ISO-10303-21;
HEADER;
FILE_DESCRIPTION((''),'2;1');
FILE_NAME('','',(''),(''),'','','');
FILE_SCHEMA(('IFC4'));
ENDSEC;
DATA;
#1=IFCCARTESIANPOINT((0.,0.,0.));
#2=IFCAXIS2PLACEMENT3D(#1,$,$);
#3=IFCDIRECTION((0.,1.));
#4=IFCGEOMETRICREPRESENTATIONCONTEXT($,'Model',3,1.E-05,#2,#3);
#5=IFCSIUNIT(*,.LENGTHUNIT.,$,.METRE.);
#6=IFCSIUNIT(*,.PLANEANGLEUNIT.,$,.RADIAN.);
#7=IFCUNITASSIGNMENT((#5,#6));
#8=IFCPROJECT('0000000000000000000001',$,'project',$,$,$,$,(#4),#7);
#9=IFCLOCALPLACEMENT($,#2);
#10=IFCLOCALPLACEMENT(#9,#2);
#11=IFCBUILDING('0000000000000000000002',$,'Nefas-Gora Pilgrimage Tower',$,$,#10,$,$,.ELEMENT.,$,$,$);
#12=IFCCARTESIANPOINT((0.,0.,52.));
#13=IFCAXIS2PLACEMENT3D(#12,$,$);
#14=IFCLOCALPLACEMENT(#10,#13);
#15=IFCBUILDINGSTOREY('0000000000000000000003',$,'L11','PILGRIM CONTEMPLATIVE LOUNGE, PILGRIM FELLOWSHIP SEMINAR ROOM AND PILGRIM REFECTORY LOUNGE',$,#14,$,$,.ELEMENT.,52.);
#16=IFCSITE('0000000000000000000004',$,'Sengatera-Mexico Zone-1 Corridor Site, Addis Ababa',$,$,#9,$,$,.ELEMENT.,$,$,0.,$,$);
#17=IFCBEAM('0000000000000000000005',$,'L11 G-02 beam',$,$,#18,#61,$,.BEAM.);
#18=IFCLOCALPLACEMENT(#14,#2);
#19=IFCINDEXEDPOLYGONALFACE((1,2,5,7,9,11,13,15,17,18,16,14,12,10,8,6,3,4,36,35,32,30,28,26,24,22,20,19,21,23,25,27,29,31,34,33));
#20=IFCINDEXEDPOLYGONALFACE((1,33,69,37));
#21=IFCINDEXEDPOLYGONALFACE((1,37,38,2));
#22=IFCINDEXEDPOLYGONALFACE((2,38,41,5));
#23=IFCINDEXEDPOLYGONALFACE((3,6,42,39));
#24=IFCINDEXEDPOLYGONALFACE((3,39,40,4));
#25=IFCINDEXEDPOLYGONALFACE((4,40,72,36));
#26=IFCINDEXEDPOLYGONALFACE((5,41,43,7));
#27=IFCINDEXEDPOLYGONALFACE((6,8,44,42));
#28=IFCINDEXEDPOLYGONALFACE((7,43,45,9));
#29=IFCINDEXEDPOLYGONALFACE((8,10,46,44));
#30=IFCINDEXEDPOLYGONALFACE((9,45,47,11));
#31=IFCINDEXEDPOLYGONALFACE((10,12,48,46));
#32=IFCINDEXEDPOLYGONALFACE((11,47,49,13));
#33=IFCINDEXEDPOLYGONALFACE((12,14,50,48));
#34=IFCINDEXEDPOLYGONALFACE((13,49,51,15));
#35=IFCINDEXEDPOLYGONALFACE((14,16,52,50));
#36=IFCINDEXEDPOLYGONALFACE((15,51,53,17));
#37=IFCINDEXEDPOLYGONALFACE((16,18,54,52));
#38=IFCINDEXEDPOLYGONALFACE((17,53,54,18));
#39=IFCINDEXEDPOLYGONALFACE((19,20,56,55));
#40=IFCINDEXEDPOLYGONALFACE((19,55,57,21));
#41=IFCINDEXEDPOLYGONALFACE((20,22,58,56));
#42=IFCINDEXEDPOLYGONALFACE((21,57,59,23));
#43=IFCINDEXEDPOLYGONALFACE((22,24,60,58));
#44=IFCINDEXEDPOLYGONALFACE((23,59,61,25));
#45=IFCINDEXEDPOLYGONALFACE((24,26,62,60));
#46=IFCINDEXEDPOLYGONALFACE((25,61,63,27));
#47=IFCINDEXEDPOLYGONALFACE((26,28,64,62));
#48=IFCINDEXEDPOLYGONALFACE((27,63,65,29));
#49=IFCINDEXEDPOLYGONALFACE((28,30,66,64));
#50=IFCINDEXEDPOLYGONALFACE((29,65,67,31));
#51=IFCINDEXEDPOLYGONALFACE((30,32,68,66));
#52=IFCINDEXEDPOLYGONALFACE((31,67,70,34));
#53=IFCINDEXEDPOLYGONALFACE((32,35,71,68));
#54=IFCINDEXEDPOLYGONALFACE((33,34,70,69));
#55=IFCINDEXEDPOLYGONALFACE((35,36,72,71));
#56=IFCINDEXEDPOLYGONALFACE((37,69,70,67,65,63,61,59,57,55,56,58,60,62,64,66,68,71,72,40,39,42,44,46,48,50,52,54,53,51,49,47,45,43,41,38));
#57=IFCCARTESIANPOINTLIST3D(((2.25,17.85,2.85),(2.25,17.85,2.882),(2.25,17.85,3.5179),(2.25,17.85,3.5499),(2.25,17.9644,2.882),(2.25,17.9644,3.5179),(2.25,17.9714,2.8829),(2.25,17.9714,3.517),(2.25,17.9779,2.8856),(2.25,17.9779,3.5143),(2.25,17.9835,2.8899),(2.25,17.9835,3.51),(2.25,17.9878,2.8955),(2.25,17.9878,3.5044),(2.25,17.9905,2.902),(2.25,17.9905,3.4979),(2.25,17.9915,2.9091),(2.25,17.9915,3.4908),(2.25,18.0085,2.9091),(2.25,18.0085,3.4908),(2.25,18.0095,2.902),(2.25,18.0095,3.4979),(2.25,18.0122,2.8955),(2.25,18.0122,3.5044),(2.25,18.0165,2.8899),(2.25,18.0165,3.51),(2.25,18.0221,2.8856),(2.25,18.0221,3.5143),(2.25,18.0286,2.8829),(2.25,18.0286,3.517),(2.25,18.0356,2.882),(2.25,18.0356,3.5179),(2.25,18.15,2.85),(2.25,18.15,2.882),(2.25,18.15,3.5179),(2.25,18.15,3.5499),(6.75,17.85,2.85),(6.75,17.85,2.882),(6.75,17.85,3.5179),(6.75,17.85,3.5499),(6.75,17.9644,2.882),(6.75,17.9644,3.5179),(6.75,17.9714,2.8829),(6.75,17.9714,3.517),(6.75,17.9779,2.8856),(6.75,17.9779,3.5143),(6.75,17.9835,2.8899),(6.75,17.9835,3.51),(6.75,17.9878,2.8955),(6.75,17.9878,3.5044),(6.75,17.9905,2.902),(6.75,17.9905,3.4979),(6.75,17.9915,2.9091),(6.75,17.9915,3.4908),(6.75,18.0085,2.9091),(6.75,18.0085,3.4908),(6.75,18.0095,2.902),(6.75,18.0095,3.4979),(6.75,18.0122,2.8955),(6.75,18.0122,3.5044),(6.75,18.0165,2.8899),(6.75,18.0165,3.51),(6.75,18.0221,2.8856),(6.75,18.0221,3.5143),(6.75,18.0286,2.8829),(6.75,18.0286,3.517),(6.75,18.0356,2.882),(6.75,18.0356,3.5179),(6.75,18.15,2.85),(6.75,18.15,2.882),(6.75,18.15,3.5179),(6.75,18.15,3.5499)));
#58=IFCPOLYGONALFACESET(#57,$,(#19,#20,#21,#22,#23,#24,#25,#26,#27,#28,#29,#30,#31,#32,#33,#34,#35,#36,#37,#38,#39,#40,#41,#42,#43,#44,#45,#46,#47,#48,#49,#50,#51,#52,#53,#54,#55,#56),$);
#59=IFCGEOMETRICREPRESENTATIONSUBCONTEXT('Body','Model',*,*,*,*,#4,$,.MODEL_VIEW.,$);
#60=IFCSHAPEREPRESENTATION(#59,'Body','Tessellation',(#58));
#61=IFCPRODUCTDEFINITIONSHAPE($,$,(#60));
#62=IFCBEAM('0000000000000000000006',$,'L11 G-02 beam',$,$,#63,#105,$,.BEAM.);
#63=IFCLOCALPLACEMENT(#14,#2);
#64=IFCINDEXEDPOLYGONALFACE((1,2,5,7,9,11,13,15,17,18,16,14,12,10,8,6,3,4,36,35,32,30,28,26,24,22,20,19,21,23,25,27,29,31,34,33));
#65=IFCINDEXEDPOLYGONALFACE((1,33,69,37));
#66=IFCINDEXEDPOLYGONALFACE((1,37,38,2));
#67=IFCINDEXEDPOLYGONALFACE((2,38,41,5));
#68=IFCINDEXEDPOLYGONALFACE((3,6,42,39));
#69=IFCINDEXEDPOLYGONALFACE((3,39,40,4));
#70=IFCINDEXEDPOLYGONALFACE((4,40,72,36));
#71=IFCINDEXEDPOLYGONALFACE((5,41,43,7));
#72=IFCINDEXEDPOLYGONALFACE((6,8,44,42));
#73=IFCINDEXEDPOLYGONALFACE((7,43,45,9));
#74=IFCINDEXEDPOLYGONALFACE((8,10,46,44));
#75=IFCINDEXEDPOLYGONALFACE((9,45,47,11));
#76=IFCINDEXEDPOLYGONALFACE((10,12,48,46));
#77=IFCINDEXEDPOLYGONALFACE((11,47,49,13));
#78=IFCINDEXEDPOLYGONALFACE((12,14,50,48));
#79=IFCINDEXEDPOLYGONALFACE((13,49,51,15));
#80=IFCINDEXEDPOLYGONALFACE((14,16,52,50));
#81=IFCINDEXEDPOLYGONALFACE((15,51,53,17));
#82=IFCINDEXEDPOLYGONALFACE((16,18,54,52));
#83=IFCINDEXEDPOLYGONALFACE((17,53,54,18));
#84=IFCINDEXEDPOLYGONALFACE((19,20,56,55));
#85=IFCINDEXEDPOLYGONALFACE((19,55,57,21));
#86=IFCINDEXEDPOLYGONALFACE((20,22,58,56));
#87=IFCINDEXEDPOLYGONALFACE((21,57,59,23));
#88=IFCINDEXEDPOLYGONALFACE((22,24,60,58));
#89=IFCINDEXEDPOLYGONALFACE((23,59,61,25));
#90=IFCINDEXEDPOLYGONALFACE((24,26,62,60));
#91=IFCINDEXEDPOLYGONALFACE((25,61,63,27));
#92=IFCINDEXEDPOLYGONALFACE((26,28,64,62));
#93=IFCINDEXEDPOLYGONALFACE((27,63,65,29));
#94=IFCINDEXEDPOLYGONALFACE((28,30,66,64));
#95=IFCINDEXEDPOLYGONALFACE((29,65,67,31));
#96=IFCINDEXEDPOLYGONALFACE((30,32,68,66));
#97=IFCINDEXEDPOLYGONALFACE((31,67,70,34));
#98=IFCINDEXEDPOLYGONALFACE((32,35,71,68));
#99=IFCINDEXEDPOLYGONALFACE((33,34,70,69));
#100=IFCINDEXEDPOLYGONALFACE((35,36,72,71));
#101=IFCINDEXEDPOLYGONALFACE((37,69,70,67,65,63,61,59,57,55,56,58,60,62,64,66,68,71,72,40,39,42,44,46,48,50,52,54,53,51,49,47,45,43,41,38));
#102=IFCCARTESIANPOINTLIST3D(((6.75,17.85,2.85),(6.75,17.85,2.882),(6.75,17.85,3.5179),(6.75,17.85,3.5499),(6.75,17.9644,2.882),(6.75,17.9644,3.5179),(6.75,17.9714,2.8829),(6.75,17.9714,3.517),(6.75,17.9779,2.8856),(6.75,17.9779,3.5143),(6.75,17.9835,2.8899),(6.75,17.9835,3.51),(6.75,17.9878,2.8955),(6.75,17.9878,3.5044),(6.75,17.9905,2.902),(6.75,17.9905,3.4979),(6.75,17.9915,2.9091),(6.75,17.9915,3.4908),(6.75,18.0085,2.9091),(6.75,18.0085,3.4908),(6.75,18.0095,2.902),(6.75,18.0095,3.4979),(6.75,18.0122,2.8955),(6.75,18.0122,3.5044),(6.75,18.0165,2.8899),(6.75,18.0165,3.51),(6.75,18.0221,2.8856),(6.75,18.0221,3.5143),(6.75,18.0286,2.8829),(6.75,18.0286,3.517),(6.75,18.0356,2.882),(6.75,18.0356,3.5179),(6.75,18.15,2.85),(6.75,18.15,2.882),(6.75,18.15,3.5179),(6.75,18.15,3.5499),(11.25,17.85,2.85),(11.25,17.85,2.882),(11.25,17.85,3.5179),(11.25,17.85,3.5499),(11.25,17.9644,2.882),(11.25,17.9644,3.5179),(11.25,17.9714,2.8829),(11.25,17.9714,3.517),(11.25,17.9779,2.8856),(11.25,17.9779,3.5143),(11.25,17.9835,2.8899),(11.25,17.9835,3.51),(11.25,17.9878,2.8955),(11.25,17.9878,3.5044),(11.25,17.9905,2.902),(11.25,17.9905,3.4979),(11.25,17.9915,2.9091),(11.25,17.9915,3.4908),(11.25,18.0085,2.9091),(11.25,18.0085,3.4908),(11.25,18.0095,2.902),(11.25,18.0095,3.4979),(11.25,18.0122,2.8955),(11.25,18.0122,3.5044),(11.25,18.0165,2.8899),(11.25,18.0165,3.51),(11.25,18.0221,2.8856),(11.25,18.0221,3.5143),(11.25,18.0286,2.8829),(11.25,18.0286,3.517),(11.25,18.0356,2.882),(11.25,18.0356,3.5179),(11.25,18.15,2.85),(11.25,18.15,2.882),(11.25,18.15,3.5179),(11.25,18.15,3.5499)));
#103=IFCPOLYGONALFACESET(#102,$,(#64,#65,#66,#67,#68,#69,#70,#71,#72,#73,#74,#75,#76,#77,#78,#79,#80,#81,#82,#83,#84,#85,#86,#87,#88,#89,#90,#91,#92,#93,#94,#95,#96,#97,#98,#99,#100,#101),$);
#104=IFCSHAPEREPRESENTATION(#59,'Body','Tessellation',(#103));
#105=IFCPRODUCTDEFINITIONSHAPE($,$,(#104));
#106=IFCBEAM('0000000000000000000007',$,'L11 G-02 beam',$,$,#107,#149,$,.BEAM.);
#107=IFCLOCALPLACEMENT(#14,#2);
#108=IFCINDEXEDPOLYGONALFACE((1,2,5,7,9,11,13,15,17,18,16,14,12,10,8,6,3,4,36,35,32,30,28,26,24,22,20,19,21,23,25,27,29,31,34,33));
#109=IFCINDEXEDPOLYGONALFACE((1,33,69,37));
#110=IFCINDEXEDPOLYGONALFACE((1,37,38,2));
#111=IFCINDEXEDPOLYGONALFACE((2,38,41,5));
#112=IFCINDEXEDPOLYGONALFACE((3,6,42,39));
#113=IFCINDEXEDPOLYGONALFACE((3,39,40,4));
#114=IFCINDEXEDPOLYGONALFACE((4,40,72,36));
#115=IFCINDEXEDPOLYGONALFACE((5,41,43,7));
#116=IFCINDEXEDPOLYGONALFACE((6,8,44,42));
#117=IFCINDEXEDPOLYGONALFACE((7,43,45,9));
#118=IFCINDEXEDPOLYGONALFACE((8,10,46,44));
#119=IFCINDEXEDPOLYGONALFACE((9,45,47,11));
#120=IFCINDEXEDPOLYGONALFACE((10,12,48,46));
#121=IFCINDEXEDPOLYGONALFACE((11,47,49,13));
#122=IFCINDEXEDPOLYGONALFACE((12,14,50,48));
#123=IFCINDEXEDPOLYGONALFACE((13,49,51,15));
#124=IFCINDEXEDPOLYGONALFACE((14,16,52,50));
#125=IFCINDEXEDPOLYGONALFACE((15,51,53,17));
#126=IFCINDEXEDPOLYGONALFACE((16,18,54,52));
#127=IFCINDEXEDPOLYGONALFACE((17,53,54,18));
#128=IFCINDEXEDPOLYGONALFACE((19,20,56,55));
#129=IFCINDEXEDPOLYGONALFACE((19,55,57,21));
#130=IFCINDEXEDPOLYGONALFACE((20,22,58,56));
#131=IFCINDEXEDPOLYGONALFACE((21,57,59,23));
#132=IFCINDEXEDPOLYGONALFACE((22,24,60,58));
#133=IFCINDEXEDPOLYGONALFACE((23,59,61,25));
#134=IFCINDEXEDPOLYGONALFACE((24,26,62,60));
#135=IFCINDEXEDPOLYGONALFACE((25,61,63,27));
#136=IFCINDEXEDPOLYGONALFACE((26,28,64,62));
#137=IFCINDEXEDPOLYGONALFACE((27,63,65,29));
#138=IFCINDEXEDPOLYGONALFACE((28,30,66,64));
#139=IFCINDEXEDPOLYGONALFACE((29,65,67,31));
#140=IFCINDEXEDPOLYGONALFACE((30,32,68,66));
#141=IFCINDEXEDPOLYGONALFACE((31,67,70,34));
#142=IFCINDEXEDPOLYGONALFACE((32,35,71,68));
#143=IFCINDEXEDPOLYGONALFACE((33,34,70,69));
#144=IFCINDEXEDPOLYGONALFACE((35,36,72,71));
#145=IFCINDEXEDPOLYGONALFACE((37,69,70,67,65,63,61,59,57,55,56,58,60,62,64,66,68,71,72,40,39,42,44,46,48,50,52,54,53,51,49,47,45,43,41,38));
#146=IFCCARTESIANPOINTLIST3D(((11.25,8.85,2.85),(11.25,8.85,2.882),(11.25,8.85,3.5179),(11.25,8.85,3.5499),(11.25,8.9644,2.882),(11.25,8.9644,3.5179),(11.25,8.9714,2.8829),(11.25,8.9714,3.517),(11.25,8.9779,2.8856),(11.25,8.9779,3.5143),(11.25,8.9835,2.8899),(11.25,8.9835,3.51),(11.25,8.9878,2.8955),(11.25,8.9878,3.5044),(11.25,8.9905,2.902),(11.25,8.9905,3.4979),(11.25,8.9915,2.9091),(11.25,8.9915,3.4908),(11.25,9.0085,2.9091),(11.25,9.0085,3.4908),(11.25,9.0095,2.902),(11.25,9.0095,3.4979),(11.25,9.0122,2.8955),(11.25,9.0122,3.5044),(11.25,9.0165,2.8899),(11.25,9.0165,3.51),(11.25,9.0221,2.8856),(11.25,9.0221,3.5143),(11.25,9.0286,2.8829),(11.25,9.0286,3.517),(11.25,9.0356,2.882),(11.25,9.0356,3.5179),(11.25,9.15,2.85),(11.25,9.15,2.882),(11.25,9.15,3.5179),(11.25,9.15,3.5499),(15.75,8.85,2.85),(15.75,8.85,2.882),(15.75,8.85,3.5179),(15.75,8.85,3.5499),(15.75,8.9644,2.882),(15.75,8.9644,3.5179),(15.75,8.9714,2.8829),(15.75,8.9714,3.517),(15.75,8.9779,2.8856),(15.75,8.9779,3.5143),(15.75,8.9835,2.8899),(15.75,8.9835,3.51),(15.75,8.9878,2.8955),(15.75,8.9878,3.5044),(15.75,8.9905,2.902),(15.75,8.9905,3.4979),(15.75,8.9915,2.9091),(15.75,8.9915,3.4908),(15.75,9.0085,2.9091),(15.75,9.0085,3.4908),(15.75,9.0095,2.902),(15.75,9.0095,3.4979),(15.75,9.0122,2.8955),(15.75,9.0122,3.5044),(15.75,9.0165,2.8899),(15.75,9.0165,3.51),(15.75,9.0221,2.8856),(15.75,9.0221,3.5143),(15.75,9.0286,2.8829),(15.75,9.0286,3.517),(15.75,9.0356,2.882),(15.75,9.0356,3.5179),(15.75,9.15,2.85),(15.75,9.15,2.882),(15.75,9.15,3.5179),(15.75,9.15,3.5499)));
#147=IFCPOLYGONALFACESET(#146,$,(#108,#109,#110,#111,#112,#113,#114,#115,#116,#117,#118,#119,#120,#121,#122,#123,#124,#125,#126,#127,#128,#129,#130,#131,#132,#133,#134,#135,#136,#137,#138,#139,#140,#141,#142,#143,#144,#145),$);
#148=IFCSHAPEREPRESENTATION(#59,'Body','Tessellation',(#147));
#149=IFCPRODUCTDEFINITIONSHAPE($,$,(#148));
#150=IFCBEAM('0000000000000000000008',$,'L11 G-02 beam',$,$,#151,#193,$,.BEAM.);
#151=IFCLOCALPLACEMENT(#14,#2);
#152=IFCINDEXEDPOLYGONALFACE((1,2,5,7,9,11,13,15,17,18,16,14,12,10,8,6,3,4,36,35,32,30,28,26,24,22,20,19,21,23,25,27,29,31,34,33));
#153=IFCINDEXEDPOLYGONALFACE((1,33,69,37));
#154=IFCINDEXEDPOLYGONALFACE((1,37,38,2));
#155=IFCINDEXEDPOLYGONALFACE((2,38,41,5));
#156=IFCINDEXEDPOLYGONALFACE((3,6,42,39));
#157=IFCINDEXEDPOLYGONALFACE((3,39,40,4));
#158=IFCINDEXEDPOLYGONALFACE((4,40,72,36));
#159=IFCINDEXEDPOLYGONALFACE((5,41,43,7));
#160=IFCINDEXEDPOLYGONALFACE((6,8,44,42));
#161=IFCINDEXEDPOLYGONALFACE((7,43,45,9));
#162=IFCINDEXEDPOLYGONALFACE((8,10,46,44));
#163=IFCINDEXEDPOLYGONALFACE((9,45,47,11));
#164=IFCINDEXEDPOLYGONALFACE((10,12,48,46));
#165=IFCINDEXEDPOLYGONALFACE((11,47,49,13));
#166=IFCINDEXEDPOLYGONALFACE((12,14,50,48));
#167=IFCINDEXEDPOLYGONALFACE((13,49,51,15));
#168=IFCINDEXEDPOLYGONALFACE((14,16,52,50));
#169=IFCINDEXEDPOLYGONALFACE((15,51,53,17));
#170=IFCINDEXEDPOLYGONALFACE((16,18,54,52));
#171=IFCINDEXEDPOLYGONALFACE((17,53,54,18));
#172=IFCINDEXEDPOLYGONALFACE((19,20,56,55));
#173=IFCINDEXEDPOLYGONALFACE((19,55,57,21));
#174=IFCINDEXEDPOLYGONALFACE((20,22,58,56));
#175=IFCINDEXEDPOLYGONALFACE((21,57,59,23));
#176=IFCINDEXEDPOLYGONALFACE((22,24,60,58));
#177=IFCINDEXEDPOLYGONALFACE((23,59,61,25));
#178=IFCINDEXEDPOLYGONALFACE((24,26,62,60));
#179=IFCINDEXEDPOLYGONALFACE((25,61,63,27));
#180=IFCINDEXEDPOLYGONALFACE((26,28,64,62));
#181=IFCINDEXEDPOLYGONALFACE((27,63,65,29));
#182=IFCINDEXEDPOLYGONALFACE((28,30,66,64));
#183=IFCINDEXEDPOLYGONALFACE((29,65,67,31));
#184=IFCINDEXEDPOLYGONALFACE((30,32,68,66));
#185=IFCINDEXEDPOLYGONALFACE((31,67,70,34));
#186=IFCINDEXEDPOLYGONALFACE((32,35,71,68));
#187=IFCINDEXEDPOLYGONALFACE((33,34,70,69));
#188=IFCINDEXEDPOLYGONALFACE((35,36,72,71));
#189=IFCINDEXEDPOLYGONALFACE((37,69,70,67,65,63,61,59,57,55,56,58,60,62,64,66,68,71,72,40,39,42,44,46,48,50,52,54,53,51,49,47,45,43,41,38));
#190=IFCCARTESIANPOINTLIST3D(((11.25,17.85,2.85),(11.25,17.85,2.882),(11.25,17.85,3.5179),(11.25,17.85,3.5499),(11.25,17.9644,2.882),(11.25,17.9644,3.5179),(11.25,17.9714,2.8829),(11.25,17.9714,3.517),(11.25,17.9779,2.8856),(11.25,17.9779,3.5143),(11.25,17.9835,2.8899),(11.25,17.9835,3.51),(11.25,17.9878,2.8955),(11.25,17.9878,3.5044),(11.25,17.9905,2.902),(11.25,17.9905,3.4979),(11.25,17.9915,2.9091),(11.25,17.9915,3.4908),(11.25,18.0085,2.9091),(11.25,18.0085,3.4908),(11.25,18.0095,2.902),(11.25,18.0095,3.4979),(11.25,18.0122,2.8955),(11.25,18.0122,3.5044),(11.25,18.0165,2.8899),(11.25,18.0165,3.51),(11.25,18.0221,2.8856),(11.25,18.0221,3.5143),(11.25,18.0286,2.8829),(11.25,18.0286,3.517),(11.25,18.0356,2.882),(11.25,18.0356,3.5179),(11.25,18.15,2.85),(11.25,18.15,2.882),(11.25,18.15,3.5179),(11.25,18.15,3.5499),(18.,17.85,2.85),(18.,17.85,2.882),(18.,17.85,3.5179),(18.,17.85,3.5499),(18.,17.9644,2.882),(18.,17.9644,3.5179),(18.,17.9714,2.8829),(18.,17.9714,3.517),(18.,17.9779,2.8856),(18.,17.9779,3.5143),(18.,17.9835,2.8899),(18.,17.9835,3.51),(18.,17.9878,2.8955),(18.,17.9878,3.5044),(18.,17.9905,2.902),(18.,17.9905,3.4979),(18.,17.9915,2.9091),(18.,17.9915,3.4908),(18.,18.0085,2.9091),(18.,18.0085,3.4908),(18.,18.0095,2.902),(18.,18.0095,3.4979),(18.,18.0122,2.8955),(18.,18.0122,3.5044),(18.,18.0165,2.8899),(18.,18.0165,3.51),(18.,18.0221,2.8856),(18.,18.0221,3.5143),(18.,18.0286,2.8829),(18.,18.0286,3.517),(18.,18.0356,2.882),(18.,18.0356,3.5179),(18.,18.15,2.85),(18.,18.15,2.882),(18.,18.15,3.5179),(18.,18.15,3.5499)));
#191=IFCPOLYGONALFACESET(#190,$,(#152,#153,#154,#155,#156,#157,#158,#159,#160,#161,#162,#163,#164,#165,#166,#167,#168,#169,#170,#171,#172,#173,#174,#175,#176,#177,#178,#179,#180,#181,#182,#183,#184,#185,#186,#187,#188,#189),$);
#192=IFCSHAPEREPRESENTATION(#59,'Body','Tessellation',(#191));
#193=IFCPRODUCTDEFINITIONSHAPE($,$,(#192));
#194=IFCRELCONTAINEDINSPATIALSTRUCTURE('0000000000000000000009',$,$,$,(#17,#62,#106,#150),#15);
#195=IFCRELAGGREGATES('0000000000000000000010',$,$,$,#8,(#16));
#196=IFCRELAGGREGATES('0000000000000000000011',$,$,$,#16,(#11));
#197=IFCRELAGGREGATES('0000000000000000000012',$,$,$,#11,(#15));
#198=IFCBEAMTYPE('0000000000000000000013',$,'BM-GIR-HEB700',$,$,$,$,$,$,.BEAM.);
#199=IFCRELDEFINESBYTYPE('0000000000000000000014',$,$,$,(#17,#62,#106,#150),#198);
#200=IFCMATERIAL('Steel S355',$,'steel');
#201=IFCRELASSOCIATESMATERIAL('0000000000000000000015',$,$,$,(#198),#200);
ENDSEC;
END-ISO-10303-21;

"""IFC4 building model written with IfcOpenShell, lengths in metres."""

from ifc_helpers import new_model, si_unit, direction, frame, origin, origin_2d, place, context, subcontext, project, spatial, i_section, extrude, source, transform, mapped, material, material_profile, profile_set, type_object, element, save


model = new_model("IFC4")

# Units and contexts
model_context = context("Model", 3, precision=1e-05, world=origin(), true_north=direction((0.0, 1.0)))
body_context = subcontext(model_context, "Body", "Model", "MODEL_VIEW")
ifc_project = project(units=[si_unit("LENGTHUNIT", "METRE"), si_unit("PLANEANGLEUNIT", "RADIAN")], contexts=[model_context])

# Site, building, storey
site_placement = place(None, origin())
site = spatial("IfcSite", under=ifc_project, at=site_placement, Name="Sengatera-Mexico Zone-1 Corridor Site, Addis Ababa", CompositionType="ELEMENT", RefElevation=0.0)
building_placement = place(site_placement, origin())
building = spatial("IfcBuilding", under=site, at=building_placement, Name="Nefas-Gora Pilgrimage Tower", CompositionType="ELEMENT")
storey_placement = place(building_placement, frame((0.0, 0.0, 52.0)))
storey = spatial("IfcBuildingStorey", under=building, at=storey_placement, Name="L11", Description="PILGRIM CONTEMPLATIVE LOUNGE, PILGRIM FELLOWSHIP SEMINAR ROOM AND PILGRIM REFECTORY LOUNGE", CompositionType="ELEMENT", Elevation=52.0)

# Beams
ifc_material_1 = material(Name="Steel S355", Category="steel")
ifc_material_profile_1 = material_profile(ifc_material_1, i_section(OverallWidth=0.3, OverallDepth=0.7, WebThickness=0.0171, FlangeThickness=0.032, FilletRadius=0.0271, at=origin_2d()), Name="HEB 700")
ifc_profile_set_1 = profile_set([ifc_material_profile_1], Name="Steel S355")
beam_type_1 = type_object("IfcBeamType", Name="BM-GIR-HEB700", PredefinedType="BEAM", material=ifc_profile_set_1)
shared_shape_1 = source(origin(), body_context, "Body", "SweptSolid", [
    extrude(i_section(OverallWidth=0.3, OverallDepth=0.7, WebThickness=0.0171, FlangeThickness=0.032, FilletRadius=0.0271, at=origin_2d()), origin(), (0.0, 0.0, 1.0), 4.5),
])
for number, where, z_axis, x_axis, name in (
    (1, (2.25, 18.0, 3.2), (1.0, 0.0, 0.0), (0.0, 1.0, 0.0), "L11 G-02 beam"),
    (2, (6.75, 18.0, 3.2), (1.0, 0.0, 0.0), (0.0, 1.0, 0.0), "L11 G-02 beam"),
    (3, (11.25, 9.0, 3.2), (1.0, 0.0, 0.0), (0.0, 1.0, 0.0), "L11 G-02 beam"),
):
    element("IfcBeam", number, at=place(storey_placement, frame(where, z_axis=z_axis, x_axis=x_axis)), inside=storey, type_object=beam_type_1, Name=name, PredefinedType="BEAM", context=body_context, shape_type="MappedRepresentation", body=[
        mapped(shared_shape_1, transform((0.0, 0.0, 0.0), x_axis=(1.0, 0.0, 0.0), y_axis=(0.0, 1.0, 0.0), z_axis=(0.0, 0.0, 1.0), scale=1.0)),
    ])
shared_shape_2 = source(origin(), body_context, "Body", "SweptSolid", [
    extrude(i_section(OverallWidth=0.3, OverallDepth=0.7, WebThickness=0.0171, FlangeThickness=0.032, FilletRadius=0.0271, at=origin_2d()), origin(), (0.0, 0.0, 1.0), 6.75),
])
beam_1_placement = place(storey_placement, frame((11.25, 18.0, 3.2), z_axis=(1.0, 0.0, 0.0), x_axis=(0.0, 1.0, 0.0)))
element("IfcBeam", 4, at=beam_1_placement, inside=storey, type_object=beam_type_1, Name="L11 G-02 beam", PredefinedType="BEAM", context=body_context, shape_type="MappedRepresentation", body=[
    mapped(shared_shape_2, transform((0.0, 0.0, 0.0), x_axis=(1.0, 0.0, 0.0), y_axis=(0.0, 1.0, 0.0), z_axis=(0.0, 0.0, 1.0), scale=1.0)),
])

save(model, "model.ifc")
